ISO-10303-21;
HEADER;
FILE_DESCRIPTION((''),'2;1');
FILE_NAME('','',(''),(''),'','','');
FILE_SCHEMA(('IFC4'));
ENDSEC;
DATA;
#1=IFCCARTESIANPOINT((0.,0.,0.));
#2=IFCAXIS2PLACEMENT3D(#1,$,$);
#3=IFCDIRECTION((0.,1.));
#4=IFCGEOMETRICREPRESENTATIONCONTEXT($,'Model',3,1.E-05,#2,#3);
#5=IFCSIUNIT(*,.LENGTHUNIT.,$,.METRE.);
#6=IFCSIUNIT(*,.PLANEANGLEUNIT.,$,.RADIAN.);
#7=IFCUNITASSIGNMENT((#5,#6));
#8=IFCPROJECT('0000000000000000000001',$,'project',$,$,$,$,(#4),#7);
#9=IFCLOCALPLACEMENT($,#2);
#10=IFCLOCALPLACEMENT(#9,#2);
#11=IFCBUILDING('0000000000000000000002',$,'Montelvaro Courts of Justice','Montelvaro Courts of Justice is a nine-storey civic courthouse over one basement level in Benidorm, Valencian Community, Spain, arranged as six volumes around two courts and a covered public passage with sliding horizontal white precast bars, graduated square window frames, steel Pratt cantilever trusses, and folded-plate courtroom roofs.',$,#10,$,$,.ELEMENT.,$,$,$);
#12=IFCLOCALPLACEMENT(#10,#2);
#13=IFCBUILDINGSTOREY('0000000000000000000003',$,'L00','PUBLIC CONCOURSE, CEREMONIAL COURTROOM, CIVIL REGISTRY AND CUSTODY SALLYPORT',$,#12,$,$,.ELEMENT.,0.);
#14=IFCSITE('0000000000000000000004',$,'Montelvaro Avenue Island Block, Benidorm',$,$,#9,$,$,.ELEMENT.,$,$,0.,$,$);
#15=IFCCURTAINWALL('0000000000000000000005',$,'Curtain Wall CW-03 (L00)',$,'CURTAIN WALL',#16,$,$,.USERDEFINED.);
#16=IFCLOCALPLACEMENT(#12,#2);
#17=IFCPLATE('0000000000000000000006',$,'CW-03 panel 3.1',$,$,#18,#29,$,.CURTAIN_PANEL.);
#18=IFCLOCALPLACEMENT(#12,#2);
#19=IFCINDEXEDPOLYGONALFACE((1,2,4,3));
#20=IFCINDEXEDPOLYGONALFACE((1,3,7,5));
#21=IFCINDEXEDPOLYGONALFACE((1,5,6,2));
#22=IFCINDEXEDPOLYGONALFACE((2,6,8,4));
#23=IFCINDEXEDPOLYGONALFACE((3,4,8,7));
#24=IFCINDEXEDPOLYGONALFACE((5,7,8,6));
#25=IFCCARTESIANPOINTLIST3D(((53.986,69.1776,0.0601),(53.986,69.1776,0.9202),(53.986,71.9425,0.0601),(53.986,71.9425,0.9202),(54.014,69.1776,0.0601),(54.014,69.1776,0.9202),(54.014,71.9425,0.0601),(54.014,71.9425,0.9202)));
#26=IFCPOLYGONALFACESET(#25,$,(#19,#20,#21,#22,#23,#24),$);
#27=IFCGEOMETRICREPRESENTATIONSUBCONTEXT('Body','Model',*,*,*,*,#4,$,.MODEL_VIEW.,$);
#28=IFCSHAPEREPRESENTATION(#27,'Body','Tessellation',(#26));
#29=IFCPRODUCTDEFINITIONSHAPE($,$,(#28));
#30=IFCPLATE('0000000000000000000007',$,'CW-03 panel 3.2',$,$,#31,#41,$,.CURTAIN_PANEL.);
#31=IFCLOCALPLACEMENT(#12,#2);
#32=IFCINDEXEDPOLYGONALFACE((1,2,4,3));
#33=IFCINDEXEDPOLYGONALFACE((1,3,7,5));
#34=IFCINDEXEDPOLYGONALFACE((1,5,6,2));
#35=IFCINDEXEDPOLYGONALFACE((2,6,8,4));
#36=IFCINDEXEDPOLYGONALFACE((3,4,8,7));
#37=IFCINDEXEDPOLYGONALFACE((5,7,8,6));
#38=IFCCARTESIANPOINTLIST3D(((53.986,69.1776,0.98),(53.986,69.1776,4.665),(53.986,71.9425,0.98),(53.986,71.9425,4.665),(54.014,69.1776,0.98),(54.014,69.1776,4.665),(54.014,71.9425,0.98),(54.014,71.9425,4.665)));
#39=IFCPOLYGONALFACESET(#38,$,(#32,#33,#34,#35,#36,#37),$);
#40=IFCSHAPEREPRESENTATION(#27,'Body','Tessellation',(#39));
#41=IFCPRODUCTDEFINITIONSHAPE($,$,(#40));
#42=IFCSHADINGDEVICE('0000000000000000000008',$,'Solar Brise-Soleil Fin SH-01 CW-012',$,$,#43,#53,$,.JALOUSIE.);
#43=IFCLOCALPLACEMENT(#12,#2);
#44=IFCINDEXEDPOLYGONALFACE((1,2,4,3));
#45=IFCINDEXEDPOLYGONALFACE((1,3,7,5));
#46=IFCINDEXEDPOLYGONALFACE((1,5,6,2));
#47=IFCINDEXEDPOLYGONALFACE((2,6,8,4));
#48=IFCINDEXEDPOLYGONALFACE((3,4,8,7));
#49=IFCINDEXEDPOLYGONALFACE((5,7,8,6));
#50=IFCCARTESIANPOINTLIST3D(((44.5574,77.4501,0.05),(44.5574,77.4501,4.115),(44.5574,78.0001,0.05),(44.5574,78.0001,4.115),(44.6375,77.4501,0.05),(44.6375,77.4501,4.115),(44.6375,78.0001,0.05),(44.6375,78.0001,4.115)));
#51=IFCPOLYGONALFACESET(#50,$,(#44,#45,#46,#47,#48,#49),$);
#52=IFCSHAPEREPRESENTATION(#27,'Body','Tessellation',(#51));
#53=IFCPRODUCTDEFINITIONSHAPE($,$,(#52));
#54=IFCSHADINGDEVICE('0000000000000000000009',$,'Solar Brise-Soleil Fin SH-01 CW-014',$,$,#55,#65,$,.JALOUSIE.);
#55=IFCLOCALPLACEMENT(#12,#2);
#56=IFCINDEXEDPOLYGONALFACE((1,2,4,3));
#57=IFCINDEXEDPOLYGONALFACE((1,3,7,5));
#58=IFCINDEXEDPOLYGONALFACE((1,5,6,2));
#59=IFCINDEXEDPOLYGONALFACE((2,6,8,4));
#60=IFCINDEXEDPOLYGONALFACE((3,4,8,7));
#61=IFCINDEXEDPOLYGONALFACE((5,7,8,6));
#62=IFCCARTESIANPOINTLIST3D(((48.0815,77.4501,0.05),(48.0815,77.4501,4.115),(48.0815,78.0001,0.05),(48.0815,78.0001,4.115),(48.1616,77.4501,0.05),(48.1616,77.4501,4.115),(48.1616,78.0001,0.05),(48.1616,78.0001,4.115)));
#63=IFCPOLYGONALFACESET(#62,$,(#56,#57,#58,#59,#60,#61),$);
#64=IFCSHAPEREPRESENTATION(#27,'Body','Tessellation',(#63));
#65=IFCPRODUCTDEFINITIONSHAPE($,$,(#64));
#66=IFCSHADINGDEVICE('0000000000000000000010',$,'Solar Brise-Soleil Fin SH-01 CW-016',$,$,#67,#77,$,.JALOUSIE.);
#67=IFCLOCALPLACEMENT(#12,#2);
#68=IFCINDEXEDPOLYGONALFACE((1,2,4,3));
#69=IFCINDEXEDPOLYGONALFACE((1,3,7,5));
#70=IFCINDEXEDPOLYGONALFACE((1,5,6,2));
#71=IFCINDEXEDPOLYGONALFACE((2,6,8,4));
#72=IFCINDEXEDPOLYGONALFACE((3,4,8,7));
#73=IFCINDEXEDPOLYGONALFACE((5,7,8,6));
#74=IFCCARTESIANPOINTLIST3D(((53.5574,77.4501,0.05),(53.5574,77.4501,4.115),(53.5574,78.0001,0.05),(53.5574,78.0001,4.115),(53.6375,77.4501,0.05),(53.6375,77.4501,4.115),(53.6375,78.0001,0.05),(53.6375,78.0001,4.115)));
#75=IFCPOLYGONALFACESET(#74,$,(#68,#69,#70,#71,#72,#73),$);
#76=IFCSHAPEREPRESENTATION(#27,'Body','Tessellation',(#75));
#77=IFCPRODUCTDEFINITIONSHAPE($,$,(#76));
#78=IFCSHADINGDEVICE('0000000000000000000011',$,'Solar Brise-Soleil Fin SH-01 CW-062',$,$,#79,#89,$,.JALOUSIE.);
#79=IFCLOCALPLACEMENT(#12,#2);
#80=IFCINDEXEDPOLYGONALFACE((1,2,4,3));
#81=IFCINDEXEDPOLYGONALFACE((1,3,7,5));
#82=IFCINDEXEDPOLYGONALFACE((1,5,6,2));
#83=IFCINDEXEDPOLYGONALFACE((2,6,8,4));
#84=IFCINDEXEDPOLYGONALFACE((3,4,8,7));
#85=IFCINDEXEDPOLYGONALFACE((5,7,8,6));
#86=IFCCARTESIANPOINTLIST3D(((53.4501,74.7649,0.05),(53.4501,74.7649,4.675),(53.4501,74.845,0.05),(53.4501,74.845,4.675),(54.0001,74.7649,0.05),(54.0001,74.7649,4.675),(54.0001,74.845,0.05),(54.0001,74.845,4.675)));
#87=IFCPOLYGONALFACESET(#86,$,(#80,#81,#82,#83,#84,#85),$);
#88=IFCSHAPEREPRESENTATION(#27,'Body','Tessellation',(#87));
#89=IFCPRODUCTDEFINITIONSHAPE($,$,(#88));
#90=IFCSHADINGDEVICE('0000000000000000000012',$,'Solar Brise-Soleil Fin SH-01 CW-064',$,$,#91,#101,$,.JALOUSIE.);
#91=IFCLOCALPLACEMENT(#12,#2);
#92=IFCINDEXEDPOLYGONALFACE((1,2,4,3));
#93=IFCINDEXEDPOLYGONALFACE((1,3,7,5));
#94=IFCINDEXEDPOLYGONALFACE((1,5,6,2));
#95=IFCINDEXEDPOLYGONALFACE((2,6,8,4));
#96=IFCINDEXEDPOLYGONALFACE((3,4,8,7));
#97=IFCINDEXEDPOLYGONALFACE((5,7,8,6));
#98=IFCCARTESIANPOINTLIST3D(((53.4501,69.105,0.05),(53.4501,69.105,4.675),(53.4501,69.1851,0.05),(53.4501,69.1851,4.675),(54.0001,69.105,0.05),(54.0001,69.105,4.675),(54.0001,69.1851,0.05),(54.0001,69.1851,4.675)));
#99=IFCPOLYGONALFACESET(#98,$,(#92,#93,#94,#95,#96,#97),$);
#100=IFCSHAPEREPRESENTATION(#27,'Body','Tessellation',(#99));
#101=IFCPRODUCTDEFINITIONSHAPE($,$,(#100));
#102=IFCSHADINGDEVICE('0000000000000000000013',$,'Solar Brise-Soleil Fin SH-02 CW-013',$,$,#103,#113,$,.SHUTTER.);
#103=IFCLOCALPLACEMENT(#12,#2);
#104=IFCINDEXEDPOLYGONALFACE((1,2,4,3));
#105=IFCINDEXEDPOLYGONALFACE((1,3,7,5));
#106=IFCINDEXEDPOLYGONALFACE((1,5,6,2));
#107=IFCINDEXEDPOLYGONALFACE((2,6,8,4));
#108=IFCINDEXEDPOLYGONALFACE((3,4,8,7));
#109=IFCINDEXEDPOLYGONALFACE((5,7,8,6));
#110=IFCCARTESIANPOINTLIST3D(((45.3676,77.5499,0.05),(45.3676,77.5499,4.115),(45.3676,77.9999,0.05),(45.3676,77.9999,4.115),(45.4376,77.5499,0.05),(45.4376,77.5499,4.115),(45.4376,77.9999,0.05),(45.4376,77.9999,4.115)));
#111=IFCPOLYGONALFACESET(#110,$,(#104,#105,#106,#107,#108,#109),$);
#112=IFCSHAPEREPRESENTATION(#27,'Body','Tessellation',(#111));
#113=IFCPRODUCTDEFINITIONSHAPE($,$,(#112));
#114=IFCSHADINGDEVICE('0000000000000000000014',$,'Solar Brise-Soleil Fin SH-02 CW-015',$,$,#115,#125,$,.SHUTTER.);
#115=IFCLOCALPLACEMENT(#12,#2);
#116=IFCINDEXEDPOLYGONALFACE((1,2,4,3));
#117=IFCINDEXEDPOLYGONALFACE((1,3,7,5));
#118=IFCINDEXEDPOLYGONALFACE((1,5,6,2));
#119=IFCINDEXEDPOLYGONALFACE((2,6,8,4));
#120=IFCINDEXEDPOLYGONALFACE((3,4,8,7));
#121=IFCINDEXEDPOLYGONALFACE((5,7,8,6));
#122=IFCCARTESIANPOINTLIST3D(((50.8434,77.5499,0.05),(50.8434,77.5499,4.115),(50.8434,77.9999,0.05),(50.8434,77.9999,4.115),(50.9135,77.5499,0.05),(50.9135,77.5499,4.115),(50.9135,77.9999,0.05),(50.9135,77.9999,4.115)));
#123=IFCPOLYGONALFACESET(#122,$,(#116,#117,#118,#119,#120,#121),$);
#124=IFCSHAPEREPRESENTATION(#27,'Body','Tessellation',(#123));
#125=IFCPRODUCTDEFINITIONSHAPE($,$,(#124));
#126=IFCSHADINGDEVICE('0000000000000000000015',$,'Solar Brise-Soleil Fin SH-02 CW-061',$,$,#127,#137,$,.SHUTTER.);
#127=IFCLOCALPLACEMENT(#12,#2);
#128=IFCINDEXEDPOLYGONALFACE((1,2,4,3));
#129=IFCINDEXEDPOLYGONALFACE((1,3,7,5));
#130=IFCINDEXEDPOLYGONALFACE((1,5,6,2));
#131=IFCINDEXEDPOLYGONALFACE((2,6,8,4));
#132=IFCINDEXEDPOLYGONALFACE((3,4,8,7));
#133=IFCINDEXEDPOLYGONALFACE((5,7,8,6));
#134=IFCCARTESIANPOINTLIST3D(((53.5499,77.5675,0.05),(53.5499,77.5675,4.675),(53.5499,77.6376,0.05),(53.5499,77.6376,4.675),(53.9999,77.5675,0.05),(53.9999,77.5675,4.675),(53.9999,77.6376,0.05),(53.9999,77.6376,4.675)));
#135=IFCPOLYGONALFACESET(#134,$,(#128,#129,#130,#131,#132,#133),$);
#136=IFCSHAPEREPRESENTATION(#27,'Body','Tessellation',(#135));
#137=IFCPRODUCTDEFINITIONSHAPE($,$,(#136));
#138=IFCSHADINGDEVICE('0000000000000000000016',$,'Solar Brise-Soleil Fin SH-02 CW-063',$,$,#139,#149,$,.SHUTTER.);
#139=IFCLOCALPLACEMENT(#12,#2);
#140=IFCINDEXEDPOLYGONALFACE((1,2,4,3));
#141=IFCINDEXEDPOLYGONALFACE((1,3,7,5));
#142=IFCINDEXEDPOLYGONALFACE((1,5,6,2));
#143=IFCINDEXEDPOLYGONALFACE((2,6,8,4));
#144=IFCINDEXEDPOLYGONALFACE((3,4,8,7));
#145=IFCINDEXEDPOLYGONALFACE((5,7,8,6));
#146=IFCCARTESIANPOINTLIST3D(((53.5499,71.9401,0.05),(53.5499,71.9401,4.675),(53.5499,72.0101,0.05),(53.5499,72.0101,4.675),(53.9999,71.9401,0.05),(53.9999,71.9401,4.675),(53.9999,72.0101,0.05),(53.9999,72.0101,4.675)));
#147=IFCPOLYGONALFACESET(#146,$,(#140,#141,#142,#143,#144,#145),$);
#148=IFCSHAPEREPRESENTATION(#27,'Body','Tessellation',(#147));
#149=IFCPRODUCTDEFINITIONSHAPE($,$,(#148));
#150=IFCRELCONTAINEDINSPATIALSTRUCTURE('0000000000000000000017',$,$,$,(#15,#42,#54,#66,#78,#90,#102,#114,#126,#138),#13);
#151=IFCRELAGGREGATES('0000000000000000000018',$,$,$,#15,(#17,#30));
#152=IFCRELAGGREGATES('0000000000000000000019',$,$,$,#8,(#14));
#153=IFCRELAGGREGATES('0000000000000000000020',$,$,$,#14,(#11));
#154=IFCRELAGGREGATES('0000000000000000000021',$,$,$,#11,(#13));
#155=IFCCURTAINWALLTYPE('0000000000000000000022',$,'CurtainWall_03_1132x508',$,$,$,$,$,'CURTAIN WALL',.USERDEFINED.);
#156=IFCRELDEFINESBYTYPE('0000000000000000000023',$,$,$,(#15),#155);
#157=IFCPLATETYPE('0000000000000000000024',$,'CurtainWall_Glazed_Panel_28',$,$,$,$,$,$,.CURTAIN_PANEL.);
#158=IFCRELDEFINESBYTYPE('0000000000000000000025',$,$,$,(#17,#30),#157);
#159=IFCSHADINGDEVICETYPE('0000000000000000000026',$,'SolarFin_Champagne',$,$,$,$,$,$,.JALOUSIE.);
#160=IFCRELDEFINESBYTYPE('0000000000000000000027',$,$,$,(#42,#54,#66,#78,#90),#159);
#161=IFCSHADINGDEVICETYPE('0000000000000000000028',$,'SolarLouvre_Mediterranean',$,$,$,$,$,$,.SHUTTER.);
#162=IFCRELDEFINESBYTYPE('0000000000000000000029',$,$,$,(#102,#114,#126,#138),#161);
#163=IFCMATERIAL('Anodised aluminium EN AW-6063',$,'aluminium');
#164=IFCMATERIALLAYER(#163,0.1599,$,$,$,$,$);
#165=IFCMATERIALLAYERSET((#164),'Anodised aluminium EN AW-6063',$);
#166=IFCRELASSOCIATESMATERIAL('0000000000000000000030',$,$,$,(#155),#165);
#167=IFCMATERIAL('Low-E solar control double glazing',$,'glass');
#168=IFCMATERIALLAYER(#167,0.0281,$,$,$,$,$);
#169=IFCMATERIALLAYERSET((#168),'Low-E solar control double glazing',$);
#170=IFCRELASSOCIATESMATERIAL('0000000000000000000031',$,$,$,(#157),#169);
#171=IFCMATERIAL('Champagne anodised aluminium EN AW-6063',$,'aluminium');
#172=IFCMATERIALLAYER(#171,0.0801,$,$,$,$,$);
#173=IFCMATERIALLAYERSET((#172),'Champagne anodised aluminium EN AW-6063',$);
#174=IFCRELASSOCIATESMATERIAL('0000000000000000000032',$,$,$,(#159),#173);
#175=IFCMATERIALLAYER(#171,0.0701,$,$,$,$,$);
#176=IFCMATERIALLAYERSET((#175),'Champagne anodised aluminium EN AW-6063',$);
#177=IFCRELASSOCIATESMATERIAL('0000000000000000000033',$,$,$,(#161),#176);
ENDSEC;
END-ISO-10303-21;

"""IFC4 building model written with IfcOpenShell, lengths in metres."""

from ifc_helpers import new_model, si_unit, direction, frame, origin, origin_2d, place, context, subcontext, project, spatial, rectangle, extrude, material, layer, layer_set, type_object, element, aggregate, save


model = new_model("IFC4")

# Units and contexts
model_context = context("Model", 3, precision=1e-05, world=origin(), true_north=direction((0.0, 1.0)))
body_context = subcontext(model_context, "Body", "Model", "MODEL_VIEW")
ifc_project = project(units=[si_unit("LENGTHUNIT", "METRE"), si_unit("PLANEANGLEUNIT", "RADIAN")], contexts=[model_context])

# Site, building, storey
site_placement = place(None, origin())
site = spatial("IfcSite", under=ifc_project, at=site_placement, Name="Montelvaro Avenue Island Block, Benidorm", CompositionType="ELEMENT", RefElevation=0.0)
building_placement = place(site_placement, origin())
building = spatial("IfcBuilding", under=site, at=building_placement, Name="Montelvaro Courts of Justice", Description="Montelvaro Courts of Justice is a nine-storey civic courthouse over one basement level in Benidorm, Valencian Community, Spain, arranged as six volumes around two courts and a covered public passage with sliding horizontal white precast bars, graduated square window frames, steel Pratt cantilever trusses, and folded-plate courtroom roofs.", CompositionType="ELEMENT")
storey_placement = place(building_placement, origin())
storey = spatial("IfcBuildingStorey", under=building, at=storey_placement, Name="L00", Description="PUBLIC CONCOURSE, CEREMONIAL COURTROOM, CIVIL REGISTRY AND CUSTODY SALLYPORT", CompositionType="ELEMENT", Elevation=0.0)

# Curtain wall
ifc_material_1 = material(Name="Anodised aluminium EN AW-6063", Category="aluminium")
ifc_layer_1 = layer(ifc_material_1, 0.1599)
ifc_layer_set_1 = layer_set([ifc_layer_1], Name="Anodised aluminium EN AW-6063")
curtain_wall_type_1 = type_object("IfcCurtainWallType", Name="CurtainWall_03_1132x508", ElementType="CURTAIN WALL", PredefinedType="USERDEFINED", material=ifc_layer_set_1)
curtain_wall_1_placement = place(storey_placement, origin())
curtain_wall_1 = element("IfcCurtainWall", 1, at=curtain_wall_1_placement, inside=storey, type_object=curtain_wall_type_1, Name="Curtain Wall CW-03 (L00)", ObjectType="CURTAIN WALL", PredefinedType="USERDEFINED")

# Plates
ifc_material_2 = material(Name="Low-E solar control double glazing", Category="glass")
ifc_layer_2 = layer(ifc_material_2, 0.0281)
ifc_layer_set_2 = layer_set([ifc_layer_2], Name="Low-E solar control double glazing")
plate_type = type_object("IfcPlateType", Name="CurtainWall_Glazed_Panel_28", PredefinedType="CURTAIN_PANEL", material=ifc_layer_set_2)
plate_1_placement = place(storey_placement, frame((54.0, 70.5601, 0.0601), z_axis=(0.0, 0.0, 1.0), x_axis=(0.0, -1.0, 0.0)))
plate_1 = element("IfcPlate", 2, at=plate_1_placement, type_object=plate_type, Name="CW-03 panel 3.1", PredefinedType="CURTAIN_PANEL", context=body_context, shape_type="SweptSolid", body=[
    extrude(rectangle(XDim=2.7649, YDim=0.0281, at=origin_2d()), origin(), (0.0, 0.0, 1.0), 0.8601),
])
plate_2_placement = place(storey_placement, frame((54.0, 70.5601, 0.98), z_axis=(0.0, 0.0, 1.0), x_axis=(0.0, -1.0, 0.0)))
plate_2 = element("IfcPlate", 3, at=plate_2_placement, type_object=plate_type, Name="CW-03 panel 3.2", PredefinedType="CURTAIN_PANEL", context=body_context, shape_type="SweptSolid", body=[
    extrude(rectangle(XDim=2.7649, YDim=0.0281, at=origin_2d()), origin(), (0.0, 0.0, 1.0), 3.6851),
])
aggregate(curtain_wall_1, [plate_1, plate_2])

# Shading devices
ifc_material_3 = material(Name="Champagne anodised aluminium EN AW-6063", Category="aluminium")
ifc_layer_3 = layer(ifc_material_3, 0.0801)
ifc_layer_set_3 = layer_set([ifc_layer_3], Name="Champagne anodised aluminium EN AW-6063")
shading_device_type_1 = type_object("IfcShadingDeviceType", Name="SolarFin_Champagne", PredefinedType="JALOUSIE", material=ifc_layer_set_3)
for number, where, z_axis, x_axis, name in (
    (4, (44.5974, 77.7251, 0.05), (0.0, 0.0, 1.0), (1.0, 0.0, 0.0), "Solar Brise-Soleil Fin SH-01 CW-012"),
    (5, (48.1216, 77.7251, 0.05), (0.0, 0.0, 1.0), (1.0, 0.0, 0.0), "Solar Brise-Soleil Fin SH-01 CW-014"),
    (6, (53.5974, 77.7251, 0.05), (0.0, 0.0, 1.0), (1.0, 0.0, 0.0), "Solar Brise-Soleil Fin SH-01 CW-016"),
):
    element("IfcShadingDevice", number, at=place(storey_placement, frame(where, z_axis=z_axis, x_axis=x_axis)), inside=storey, type_object=shading_device_type_1, Name=name, PredefinedType="JALOUSIE", context=body_context, shape_type="SweptSolid", body=[
        extrude(rectangle(XDim=0.0801, YDim=0.55, at=origin_2d()), origin(), (0.0, 0.0, 1.0), 4.0649),
    ])
for number, where, z_axis, x_axis, name in (
    (7, (53.7251, 74.8049, 0.05), (0.0, 0.0, 1.0), (0.0, -1.0, 0.0), "Solar Brise-Soleil Fin SH-01 CW-062"),
    (8, (53.7251, 69.145, 0.05), (0.0, 0.0, 1.0), (0.0, -1.0, 0.0), "Solar Brise-Soleil Fin SH-01 CW-064"),
):
    element("IfcShadingDevice", number, at=place(storey_placement, frame(where, z_axis=z_axis, x_axis=x_axis)), inside=storey, type_object=shading_device_type_1, Name=name, PredefinedType="JALOUSIE", context=body_context, shape_type="SweptSolid", body=[
        extrude(rectangle(XDim=0.0801, YDim=0.55, at=origin_2d()), origin(), (0.0, 0.0, 1.0), 4.625),
    ])
ifc_layer_4 = layer(ifc_material_3, 0.0701)
ifc_layer_set_4 = layer_set([ifc_layer_4], Name="Champagne anodised aluminium EN AW-6063")
shading_device_type_2 = type_object("IfcShadingDeviceType", Name="SolarLouvre_Mediterranean", PredefinedType="SHUTTER", material=ifc_layer_set_4)
for number, where, z_axis, x_axis, name in (
    (9, (45.4026, 77.7749, 0.05), (0.0, 0.0, 1.0), (1.0, 0.0, 0.0), "Solar Brise-Soleil Fin SH-02 CW-013"),
    (10, (50.8784, 77.7749, 0.05), (0.0, 0.0, 1.0), (1.0, 0.0, 0.0), "Solar Brise-Soleil Fin SH-02 CW-015"),
):
    element("IfcShadingDevice", number, at=place(storey_placement, frame(where, z_axis=z_axis, x_axis=x_axis)), inside=storey, type_object=shading_device_type_2, Name=name, PredefinedType="SHUTTER", context=body_context, shape_type="SweptSolid", body=[
        extrude(rectangle(XDim=0.0701, YDim=0.45, at=origin_2d()), origin(), (0.0, 0.0, 1.0), 4.0649),
    ])
for number, where, z_axis, x_axis, name in (
    (11, (53.7749, 77.6025, 0.05), (0.0, 0.0, 1.0), (0.0, -1.0, 0.0), "Solar Brise-Soleil Fin SH-02 CW-061"),
    (12, (53.7749, 71.9751, 0.05), (0.0, 0.0, 1.0), (0.0, -1.0, 0.0), "Solar Brise-Soleil Fin SH-02 CW-063"),
):
    element("IfcShadingDevice", number, at=place(storey_placement, frame(where, z_axis=z_axis, x_axis=x_axis)), inside=storey, type_object=shading_device_type_2, Name=name, PredefinedType="SHUTTER", context=body_context, shape_type="SweptSolid", body=[
        extrude(rectangle(XDim=0.0701, YDim=0.45, at=origin_2d()), origin(), (0.0, 0.0, 1.0), 4.625),
    ])

save(model, "model.ifc")
